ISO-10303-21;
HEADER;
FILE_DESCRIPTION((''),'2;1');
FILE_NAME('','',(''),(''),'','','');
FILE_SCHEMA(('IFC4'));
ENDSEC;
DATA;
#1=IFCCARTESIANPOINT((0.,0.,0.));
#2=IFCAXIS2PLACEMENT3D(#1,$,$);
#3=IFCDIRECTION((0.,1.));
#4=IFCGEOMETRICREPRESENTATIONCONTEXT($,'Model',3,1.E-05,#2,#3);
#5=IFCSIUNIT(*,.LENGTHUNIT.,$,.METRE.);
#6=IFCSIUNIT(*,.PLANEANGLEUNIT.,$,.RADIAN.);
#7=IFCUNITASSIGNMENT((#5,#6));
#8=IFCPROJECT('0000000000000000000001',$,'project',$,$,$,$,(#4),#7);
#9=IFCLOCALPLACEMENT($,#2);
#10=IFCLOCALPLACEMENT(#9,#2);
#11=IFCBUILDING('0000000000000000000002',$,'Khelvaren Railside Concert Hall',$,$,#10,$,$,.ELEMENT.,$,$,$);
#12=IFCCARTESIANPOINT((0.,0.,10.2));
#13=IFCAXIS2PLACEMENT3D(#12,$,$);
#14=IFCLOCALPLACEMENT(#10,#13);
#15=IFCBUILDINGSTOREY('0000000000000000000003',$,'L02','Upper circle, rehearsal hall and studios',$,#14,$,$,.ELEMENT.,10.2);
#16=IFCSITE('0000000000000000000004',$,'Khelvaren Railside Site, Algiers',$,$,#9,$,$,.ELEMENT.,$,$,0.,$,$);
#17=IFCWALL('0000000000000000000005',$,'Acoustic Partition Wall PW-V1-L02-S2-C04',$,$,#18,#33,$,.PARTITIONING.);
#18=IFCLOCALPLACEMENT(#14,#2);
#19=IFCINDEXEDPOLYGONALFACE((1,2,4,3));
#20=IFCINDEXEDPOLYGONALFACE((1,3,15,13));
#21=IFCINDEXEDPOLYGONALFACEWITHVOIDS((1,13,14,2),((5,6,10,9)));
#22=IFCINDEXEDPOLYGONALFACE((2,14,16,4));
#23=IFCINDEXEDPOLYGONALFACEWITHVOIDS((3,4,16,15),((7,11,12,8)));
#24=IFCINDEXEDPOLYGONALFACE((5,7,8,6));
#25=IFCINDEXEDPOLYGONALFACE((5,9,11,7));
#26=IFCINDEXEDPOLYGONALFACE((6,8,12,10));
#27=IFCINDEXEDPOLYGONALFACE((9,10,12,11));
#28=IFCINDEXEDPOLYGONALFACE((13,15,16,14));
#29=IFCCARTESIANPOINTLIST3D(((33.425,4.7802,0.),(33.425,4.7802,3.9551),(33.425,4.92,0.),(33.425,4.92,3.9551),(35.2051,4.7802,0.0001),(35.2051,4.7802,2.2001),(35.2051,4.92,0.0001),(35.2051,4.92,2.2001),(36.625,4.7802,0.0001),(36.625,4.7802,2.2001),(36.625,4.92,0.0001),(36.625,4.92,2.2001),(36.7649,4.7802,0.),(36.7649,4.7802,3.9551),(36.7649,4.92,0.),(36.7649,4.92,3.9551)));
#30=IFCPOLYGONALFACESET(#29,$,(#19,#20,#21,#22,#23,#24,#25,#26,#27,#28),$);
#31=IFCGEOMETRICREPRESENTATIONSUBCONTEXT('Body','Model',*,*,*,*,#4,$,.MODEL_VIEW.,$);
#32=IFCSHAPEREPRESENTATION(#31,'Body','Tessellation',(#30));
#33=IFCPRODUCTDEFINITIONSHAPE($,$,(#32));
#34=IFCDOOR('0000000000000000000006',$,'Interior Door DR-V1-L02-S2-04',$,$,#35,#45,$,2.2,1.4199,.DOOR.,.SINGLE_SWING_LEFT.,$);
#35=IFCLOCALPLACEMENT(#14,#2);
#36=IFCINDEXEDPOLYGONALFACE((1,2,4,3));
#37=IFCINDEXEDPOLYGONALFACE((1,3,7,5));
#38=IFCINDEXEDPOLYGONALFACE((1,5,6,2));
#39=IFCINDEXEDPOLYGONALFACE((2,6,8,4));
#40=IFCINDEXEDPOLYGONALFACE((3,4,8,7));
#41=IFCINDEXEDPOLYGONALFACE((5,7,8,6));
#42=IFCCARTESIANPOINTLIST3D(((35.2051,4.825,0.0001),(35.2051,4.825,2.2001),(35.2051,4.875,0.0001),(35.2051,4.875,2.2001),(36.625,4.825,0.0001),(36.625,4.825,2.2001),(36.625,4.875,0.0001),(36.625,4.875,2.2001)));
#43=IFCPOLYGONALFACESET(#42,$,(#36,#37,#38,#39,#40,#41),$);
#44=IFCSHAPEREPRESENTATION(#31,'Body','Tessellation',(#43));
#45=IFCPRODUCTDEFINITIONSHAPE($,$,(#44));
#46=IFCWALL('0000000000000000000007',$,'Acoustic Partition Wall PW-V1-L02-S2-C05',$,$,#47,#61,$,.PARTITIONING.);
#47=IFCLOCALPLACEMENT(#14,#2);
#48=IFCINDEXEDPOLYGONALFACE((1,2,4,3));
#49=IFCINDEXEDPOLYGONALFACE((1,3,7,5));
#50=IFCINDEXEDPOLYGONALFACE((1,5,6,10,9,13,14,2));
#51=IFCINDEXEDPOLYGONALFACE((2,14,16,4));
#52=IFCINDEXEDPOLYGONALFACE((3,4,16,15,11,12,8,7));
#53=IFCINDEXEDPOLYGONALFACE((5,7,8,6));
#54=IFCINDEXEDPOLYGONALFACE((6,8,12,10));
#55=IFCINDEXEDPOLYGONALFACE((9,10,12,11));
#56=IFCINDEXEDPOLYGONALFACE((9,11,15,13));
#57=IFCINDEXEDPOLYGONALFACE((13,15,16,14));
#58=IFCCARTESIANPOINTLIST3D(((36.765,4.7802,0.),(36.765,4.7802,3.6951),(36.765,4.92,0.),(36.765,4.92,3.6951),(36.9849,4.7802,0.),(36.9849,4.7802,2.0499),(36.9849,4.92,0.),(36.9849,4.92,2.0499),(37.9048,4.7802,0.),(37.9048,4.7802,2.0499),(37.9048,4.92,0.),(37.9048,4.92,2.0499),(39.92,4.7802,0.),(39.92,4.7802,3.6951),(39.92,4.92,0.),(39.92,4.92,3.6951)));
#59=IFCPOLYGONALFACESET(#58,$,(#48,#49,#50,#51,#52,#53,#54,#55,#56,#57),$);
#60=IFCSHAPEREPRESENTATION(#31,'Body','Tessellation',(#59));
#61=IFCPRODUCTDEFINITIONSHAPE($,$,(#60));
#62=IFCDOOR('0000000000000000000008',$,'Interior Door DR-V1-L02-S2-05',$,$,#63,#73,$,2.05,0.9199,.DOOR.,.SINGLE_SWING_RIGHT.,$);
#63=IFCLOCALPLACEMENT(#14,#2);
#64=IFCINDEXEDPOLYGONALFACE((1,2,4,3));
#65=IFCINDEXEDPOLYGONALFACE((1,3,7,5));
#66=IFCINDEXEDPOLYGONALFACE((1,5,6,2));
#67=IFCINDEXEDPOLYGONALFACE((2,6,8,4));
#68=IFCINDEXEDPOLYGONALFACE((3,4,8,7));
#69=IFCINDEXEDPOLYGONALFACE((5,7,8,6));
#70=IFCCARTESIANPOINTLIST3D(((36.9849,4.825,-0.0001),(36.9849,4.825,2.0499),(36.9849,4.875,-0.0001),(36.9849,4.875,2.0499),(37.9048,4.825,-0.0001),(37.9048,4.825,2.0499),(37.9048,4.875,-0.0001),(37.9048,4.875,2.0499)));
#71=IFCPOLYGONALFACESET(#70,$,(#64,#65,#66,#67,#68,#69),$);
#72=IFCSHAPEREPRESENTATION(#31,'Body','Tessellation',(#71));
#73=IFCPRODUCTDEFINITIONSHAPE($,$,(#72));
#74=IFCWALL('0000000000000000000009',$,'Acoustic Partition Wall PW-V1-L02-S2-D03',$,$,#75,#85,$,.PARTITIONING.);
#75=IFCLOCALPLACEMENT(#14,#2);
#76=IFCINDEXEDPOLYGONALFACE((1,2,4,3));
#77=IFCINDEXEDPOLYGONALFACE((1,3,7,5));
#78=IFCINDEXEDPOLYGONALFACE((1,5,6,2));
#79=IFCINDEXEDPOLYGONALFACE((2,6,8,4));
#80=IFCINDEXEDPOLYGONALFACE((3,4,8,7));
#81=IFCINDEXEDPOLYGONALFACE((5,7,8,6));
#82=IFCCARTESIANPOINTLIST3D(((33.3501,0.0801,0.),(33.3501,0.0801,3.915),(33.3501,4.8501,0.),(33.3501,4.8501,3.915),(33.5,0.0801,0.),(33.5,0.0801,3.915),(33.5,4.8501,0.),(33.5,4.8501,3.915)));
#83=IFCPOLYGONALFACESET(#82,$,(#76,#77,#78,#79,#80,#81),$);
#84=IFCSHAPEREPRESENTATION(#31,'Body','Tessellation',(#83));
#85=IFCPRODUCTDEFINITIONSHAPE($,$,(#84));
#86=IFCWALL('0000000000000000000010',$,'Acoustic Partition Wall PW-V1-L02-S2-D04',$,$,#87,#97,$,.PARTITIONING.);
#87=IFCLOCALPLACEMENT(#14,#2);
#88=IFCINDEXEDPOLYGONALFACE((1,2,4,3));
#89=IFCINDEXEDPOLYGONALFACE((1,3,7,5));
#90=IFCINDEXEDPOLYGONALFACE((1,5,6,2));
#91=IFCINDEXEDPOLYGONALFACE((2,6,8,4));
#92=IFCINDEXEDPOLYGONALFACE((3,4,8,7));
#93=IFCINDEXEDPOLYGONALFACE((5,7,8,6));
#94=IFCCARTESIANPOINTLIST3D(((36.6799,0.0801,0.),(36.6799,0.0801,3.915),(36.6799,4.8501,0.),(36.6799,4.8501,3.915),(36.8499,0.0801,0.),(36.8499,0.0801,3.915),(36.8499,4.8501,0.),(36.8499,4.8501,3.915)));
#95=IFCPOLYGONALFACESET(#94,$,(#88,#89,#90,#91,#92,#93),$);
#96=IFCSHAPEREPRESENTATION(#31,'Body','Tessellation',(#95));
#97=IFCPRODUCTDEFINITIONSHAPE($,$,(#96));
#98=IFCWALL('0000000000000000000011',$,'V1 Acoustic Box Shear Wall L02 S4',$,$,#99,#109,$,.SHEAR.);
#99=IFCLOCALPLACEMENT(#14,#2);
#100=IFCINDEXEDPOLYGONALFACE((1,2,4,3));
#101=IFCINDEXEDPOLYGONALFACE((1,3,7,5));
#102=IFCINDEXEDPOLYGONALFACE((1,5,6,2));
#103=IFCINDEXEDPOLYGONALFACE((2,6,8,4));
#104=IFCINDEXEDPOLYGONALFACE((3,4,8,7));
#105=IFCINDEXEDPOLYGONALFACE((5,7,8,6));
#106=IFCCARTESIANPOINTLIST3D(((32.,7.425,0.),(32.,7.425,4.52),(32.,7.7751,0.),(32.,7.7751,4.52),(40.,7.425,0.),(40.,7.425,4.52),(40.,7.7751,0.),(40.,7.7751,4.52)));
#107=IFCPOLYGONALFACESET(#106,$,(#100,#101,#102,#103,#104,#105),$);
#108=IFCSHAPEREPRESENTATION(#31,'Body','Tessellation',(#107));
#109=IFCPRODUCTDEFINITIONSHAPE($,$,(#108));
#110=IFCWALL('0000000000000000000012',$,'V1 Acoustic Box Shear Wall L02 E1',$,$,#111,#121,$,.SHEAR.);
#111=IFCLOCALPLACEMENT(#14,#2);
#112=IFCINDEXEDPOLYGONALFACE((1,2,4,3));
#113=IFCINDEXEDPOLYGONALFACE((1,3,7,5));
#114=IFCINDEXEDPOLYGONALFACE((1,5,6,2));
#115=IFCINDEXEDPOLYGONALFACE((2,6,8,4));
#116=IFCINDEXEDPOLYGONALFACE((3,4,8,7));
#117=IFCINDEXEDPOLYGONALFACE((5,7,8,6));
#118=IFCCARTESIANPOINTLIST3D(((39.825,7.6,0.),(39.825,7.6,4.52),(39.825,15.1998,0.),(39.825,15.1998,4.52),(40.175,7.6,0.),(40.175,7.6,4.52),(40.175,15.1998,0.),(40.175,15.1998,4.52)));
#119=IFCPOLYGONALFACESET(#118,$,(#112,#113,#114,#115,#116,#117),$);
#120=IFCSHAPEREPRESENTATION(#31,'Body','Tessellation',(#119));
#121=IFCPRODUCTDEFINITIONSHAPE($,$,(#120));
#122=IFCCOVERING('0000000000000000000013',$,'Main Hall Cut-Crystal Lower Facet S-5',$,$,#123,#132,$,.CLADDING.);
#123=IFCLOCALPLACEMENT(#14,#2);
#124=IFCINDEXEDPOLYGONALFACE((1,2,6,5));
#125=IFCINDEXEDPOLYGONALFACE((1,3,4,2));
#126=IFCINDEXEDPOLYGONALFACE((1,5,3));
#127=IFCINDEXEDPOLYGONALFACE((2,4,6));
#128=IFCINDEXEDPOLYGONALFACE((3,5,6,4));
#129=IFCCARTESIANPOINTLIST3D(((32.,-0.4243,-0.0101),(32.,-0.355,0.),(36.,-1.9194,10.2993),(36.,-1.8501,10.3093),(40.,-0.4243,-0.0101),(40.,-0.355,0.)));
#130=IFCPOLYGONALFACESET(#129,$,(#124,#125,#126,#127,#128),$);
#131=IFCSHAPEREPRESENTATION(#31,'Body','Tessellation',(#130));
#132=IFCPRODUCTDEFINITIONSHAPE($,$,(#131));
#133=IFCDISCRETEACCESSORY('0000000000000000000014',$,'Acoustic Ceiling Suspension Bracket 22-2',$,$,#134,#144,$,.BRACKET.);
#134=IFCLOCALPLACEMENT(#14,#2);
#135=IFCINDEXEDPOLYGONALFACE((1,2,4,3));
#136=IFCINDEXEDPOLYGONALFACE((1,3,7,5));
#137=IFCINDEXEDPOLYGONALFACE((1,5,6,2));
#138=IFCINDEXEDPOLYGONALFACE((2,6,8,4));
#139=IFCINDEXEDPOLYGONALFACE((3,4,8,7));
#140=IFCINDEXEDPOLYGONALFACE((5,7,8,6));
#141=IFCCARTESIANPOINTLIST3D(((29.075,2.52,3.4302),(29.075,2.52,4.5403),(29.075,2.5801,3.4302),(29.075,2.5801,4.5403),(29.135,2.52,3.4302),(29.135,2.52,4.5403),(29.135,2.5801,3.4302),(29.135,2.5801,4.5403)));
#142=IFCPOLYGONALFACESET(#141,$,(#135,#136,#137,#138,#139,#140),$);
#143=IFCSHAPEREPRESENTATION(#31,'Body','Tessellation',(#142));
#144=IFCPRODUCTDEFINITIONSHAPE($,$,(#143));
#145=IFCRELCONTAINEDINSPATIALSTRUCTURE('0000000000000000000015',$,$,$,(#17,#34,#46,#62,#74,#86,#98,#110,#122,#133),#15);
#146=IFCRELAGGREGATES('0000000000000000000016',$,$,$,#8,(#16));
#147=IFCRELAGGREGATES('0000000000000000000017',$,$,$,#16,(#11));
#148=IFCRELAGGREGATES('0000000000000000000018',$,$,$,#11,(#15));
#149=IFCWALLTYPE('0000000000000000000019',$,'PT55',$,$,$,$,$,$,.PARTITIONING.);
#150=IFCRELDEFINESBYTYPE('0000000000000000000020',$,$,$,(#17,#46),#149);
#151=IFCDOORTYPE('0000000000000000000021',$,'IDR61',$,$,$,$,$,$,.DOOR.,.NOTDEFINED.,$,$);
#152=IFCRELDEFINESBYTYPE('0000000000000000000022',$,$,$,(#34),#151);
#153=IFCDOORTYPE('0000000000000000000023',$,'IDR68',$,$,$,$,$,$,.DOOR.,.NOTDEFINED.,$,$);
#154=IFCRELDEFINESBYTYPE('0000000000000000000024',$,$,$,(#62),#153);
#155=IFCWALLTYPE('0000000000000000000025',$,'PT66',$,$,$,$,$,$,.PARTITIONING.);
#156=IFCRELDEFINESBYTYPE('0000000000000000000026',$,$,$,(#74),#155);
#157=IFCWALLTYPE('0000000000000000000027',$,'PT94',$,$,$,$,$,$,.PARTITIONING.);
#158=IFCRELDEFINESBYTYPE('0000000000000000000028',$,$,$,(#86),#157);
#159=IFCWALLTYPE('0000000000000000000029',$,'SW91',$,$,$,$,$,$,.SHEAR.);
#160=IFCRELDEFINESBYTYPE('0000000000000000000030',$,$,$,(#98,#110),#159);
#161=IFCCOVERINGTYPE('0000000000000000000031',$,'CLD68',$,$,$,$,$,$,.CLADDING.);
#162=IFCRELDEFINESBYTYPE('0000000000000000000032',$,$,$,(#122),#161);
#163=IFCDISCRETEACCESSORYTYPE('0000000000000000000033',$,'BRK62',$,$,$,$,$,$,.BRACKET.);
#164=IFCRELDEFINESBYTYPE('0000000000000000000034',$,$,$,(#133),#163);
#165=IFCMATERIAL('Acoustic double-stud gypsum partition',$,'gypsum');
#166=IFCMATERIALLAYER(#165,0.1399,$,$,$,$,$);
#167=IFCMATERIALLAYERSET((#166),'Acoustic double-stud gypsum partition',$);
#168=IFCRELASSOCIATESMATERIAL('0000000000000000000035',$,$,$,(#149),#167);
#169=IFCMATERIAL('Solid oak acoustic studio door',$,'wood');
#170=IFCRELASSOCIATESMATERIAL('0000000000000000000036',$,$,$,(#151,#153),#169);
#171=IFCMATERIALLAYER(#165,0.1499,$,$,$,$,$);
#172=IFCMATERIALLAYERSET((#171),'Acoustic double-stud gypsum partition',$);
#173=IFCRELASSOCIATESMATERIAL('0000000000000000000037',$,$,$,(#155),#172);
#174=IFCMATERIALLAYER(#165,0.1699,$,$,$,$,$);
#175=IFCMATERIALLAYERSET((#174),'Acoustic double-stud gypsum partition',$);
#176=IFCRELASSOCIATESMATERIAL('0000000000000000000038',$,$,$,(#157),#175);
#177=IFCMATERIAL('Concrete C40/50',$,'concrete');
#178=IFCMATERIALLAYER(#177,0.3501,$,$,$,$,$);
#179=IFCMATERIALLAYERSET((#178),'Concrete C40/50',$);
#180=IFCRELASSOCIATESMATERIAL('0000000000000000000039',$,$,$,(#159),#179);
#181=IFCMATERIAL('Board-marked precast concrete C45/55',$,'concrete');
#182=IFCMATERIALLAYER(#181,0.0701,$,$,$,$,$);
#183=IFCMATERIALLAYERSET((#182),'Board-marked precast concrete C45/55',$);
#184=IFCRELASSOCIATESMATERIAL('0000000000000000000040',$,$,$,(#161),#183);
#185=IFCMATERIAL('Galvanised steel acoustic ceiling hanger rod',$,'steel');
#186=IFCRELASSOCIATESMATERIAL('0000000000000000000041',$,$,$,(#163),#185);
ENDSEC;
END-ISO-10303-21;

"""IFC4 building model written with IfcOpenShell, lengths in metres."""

from ifc_helpers import new_model, si_unit, direction, frame, frame_2d, origin, origin_2d, place, context, subcontext, project, spatial, polyline, rectangle, outline, extrude, material, layer, layer_set, type_object, element, fill, save


model = new_model("IFC4")

# Units and contexts
model_context = context("Model", 3, precision=1e-05, world=origin(), true_north=direction((0.0, 1.0)))
body_context = subcontext(model_context, "Body", "Model", "MODEL_VIEW")
ifc_project = project(units=[si_unit("LENGTHUNIT", "METRE"), si_unit("PLANEANGLEUNIT", "RADIAN")], contexts=[model_context])

# Site, building, storey
site_placement = place(None, origin())
site = spatial("IfcSite", under=ifc_project, at=site_placement, Name="Khelvaren Railside Site, Algiers", CompositionType="ELEMENT", RefElevation=0.0)
building_placement = place(site_placement, origin())
building = spatial("IfcBuilding", under=site, at=building_placement, Name="Khelvaren Railside Concert Hall", CompositionType="ELEMENT")
storey_placement = place(building_placement, frame((0.0, 0.0, 10.2)))
storey = spatial("IfcBuildingStorey", under=building, at=storey_placement, Name="L02", Description="Upper circle, rehearsal hall and studios", CompositionType="ELEMENT", Elevation=10.2)

# Shared definitions
ifc_material_1 = material(Name="Concrete C40/50", Category="concrete")

# Shared definitions
ifc_material_2 = material(Name="Acoustic double-stud gypsum partition", Category="gypsum")

# Walls, openings, doors
ifc_layer_1 = layer(ifc_material_2, 0.1399)
ifc_layer_set_1 = layer_set([ifc_layer_1], Name="Acoustic double-stud gypsum partition")
wall_type_1 = type_object("IfcWallType", Name="PT55", PredefinedType="PARTITIONING", material=ifc_layer_set_1)
ifc_material_3 = material(Name="Solid oak acoustic studio door", Category="wood")
wall_1_placement = place(storey_placement, frame((33.425, 4.8501, 0.0), z_axis=(0.0, 0.0, 1.0), x_axis=(1.0, 0.0, 0.0)))
wall_1 = element("IfcWall", 1, at=wall_1_placement, inside=storey, type_object=wall_type_1, Name="Acoustic Partition Wall PW-V1-L02-S2-C04", PredefinedType="PARTITIONING", context=body_context, shape_type="SweptSolid", body=[
    extrude(rectangle(XDim=3.3398, YDim=0.1399, at=frame_2d((1.6699, 0.0))), origin(), (0.0, 0.0, 1.0), 3.9551),
])
opening_1_placement = place(wall_1_placement, frame((1.78, 0.0, 0.0)))
opening_1 = element("IfcOpeningElement", 2, at=opening_1_placement, cuts=wall_1, PredefinedType="OPENING", context=body_context, shape_type="SweptSolid", body=[
    extrude(rectangle(XDim=1.4199, YDim=2.2, at=frame_2d((0.71, 1.1001))), frame((0.0, 0.0798, 0.0), z_axis=(0.0, -1.0, 0.0), x_axis=(1.0, 0.0, 0.0)), (0.0, 0.0, 1.0), 0.1599),
])
door_type_1 = type_object("IfcDoorType", Name="IDR61", OperationType="NOTDEFINED", PredefinedType="DOOR", material=ifc_material_3)
door_1_placement = place(opening_1_placement, origin())
door_1 = element("IfcDoor", 3, at=door_1_placement, inside=storey, type_object=door_type_1, Name="Interior Door DR-V1-L02-S2-04", OperationType="SINGLE_SWING_LEFT", OverallHeight=2.2, OverallWidth=1.4199, PredefinedType="DOOR", context=body_context, shape_type="SweptSolid", body=[
    extrude(rectangle(XDim=1.4199, YDim=2.2, at=frame_2d((0.71, 1.1001))), frame((0.0, 0.0249, 0.0), z_axis=(0.0, -1.0, 0.0), x_axis=(1.0, 0.0, 0.0)), (0.0, 0.0, 1.0), 0.05),
])
fill(opening_1, door_1)
wall_2_placement = place(storey_placement, frame((36.7649, 4.8501, 0.0), z_axis=(0.0, 0.0, 1.0), x_axis=(1.0, 0.0, 0.0)))
wall_2 = element("IfcWall", 4, at=wall_2_placement, inside=storey, type_object=wall_type_1, Name="Acoustic Partition Wall PW-V1-L02-S2-C05", PredefinedType="PARTITIONING", context=body_context, shape_type="SweptSolid", body=[
    extrude(rectangle(XDim=3.155, YDim=0.1399, at=frame_2d((1.5776, 0.0))), origin(), (0.0, 0.0, 1.0), 3.6951),
])
opening_2_placement = place(wall_2_placement, frame((0.22, 0.0, 0.0)))
opening_2 = element("IfcOpeningElement", 5, at=opening_2_placement, cuts=wall_2, PredefinedType="OPENING", context=body_context, shape_type="SweptSolid", body=[
    extrude(rectangle(XDim=0.9199, YDim=2.05, at=frame_2d((0.46, 1.0249))), frame((0.0, 0.0798, 0.0), z_axis=(0.0, -1.0, 0.0), x_axis=(1.0, 0.0, 0.0)), (0.0, 0.0, 1.0), 0.1599),
])
door_type_2 = type_object("IfcDoorType", Name="IDR68", OperationType="NOTDEFINED", PredefinedType="DOOR", material=ifc_material_3)
door_2_placement = place(opening_2_placement, origin())
door_2 = element("IfcDoor", 6, at=door_2_placement, inside=storey, type_object=door_type_2, Name="Interior Door DR-V1-L02-S2-05", OperationType="SINGLE_SWING_RIGHT", OverallHeight=2.05, OverallWidth=0.9199, PredefinedType="DOOR", context=body_context, shape_type="SweptSolid", body=[
    extrude(rectangle(XDim=0.9199, YDim=2.05, at=frame_2d((0.46, 1.0249))), frame((0.0, 0.0249, 0.0), z_axis=(0.0, -1.0, 0.0), x_axis=(1.0, 0.0, 0.0)), (0.0, 0.0, 1.0), 0.05),
])
fill(opening_2, door_2)

# Walls
ifc_layer_2 = layer(ifc_material_2, 0.1499)
ifc_layer_set_2 = layer_set([ifc_layer_2], Name="Acoustic double-stud gypsum partition")
wall_type_2 = type_object("IfcWallType", Name="PT66", PredefinedType="PARTITIONING", material=ifc_layer_set_2)
wall_3_placement = place(storey_placement, frame((33.425, 0.0801, 0.0), z_axis=(0.0, 0.0, 1.0), x_axis=(0.0, 1.0, 0.0)))
element("IfcWall", 7, at=wall_3_placement, inside=storey, type_object=wall_type_2, Name="Acoustic Partition Wall PW-V1-L02-S2-D03", PredefinedType="PARTITIONING", context=body_context, shape_type="SweptSolid", body=[
    extrude(rectangle(XDim=4.77, YDim=0.1499, at=frame_2d((2.385, 0.0))), origin(), (0.0, 0.0, 1.0), 3.915),
])
ifc_layer_3 = layer(ifc_material_2, 0.1699)
ifc_layer_set_3 = layer_set([ifc_layer_3], Name="Acoustic double-stud gypsum partition")
wall_type_3 = type_object("IfcWallType", Name="PT94", PredefinedType="PARTITIONING", material=ifc_layer_set_3)
wall_4_placement = place(storey_placement, frame((36.7649, 0.0801, 0.0), z_axis=(0.0, 0.0, 1.0), x_axis=(0.0, 1.0, 0.0)))
element("IfcWall", 8, at=wall_4_placement, inside=storey, type_object=wall_type_3, Name="Acoustic Partition Wall PW-V1-L02-S2-D04", PredefinedType="PARTITIONING", context=body_context, shape_type="SweptSolid", body=[
    extrude(rectangle(XDim=4.77, YDim=0.1699, at=frame_2d((2.385, 0.0))), origin(), (0.0, 0.0, 1.0), 3.915),
])
ifc_layer_4 = layer(ifc_material_1, 0.3501)
ifc_layer_set_4 = layer_set([ifc_layer_4], Name="Concrete C40/50")
wall_type_4 = type_object("IfcWallType", Name="SW91", PredefinedType="SHEAR", material=ifc_layer_set_4)
wall_5_placement = place(storey_placement, frame((32.0, 7.6001, 0.0), z_axis=(0.0, 0.0, 1.0), x_axis=(1.0, 0.0, 0.0)))
element("IfcWall", 9, at=wall_5_placement, inside=storey, type_object=wall_type_4, Name="V1 Acoustic Box Shear Wall L02 S4", PredefinedType="SHEAR", context=body_context, shape_type="SweptSolid", body=[
    extrude(rectangle(XDim=8.0, YDim=0.3501, at=frame_2d((4.0, 0.0))), origin(), (0.0, 0.0, 1.0), 4.52),
])
wall_6_placement = place(storey_placement, frame((40.0, 7.6001, 0.0), z_axis=(0.0, 0.0, 1.0), x_axis=(0.0, 1.0, 0.0)))
element("IfcWall", 10, at=wall_6_placement, inside=storey, type_object=wall_type_4, Name="V1 Acoustic Box Shear Wall L02 E1", PredefinedType="SHEAR", context=body_context, shape_type="SweptSolid", body=[
    extrude(rectangle(XDim=7.5999, YDim=0.3501, at=frame_2d((3.7998, 0.0))), origin(), (0.0, 0.0, 1.0), 4.52),
])

# Covering
ifc_material_4 = material(Name="Board-marked precast concrete C45/55", Category="concrete")
ifc_layer_5 = layer(ifc_material_4, 0.0701)
ifc_layer_set_5 = layer_set([ifc_layer_5], Name="Board-marked precast concrete C45/55")
covering_type = type_object("IfcCoveringType", Name="CLD68", PredefinedType="CLADDING", material=ifc_layer_set_5)
covering_placement = place(storey_placement, frame((32.0, -0.355, 0.0), z_axis=(0.0, 0.989647, 0.143524), x_axis=(1.0, 0.0, 0.0)))
element("IfcCovering", 11, at=covering_placement, inside=storey, type_object=covering_type, Name="Main Hall Cut-Crystal Lower Facet S-5", PredefinedType="CLADDING", context=body_context, shape_type="SweptSolid", body=[
    extrude(outline(polyline([(0.0, 0.0), (8.0, 0.0), (4.0, -10.4172), (0.0, 0.0)])), origin(), (0.0, 0.0, -1.0), 0.0701),
])

# Discrete accessory
ifc_material_5 = material(Name="Galvanised steel acoustic ceiling hanger rod", Category="steel")
discrete_accessory_type = type_object("IfcDiscreteAccessoryType", Name="BRK62", PredefinedType="BRACKET", material=ifc_material_5)
discrete_accessory_placement = place(storey_placement, frame((29.105, 2.55, 3.4302), z_axis=(0.0, 0.0, 1.0), x_axis=(1.0, 0.0, 0.0)))
element("IfcDiscreteAccessory", 12, at=discrete_accessory_placement, inside=storey, type_object=discrete_accessory_type, Name="Acoustic Ceiling Suspension Bracket 22-2", PredefinedType="BRACKET", context=body_context, shape_type="SweptSolid", body=[
    extrude(rectangle(XDim=0.0601, YDim=0.0601, at=origin_2d()), origin(), (0.0, 0.0, 1.0), 1.1101),
])

save(model, "model.ifc")
